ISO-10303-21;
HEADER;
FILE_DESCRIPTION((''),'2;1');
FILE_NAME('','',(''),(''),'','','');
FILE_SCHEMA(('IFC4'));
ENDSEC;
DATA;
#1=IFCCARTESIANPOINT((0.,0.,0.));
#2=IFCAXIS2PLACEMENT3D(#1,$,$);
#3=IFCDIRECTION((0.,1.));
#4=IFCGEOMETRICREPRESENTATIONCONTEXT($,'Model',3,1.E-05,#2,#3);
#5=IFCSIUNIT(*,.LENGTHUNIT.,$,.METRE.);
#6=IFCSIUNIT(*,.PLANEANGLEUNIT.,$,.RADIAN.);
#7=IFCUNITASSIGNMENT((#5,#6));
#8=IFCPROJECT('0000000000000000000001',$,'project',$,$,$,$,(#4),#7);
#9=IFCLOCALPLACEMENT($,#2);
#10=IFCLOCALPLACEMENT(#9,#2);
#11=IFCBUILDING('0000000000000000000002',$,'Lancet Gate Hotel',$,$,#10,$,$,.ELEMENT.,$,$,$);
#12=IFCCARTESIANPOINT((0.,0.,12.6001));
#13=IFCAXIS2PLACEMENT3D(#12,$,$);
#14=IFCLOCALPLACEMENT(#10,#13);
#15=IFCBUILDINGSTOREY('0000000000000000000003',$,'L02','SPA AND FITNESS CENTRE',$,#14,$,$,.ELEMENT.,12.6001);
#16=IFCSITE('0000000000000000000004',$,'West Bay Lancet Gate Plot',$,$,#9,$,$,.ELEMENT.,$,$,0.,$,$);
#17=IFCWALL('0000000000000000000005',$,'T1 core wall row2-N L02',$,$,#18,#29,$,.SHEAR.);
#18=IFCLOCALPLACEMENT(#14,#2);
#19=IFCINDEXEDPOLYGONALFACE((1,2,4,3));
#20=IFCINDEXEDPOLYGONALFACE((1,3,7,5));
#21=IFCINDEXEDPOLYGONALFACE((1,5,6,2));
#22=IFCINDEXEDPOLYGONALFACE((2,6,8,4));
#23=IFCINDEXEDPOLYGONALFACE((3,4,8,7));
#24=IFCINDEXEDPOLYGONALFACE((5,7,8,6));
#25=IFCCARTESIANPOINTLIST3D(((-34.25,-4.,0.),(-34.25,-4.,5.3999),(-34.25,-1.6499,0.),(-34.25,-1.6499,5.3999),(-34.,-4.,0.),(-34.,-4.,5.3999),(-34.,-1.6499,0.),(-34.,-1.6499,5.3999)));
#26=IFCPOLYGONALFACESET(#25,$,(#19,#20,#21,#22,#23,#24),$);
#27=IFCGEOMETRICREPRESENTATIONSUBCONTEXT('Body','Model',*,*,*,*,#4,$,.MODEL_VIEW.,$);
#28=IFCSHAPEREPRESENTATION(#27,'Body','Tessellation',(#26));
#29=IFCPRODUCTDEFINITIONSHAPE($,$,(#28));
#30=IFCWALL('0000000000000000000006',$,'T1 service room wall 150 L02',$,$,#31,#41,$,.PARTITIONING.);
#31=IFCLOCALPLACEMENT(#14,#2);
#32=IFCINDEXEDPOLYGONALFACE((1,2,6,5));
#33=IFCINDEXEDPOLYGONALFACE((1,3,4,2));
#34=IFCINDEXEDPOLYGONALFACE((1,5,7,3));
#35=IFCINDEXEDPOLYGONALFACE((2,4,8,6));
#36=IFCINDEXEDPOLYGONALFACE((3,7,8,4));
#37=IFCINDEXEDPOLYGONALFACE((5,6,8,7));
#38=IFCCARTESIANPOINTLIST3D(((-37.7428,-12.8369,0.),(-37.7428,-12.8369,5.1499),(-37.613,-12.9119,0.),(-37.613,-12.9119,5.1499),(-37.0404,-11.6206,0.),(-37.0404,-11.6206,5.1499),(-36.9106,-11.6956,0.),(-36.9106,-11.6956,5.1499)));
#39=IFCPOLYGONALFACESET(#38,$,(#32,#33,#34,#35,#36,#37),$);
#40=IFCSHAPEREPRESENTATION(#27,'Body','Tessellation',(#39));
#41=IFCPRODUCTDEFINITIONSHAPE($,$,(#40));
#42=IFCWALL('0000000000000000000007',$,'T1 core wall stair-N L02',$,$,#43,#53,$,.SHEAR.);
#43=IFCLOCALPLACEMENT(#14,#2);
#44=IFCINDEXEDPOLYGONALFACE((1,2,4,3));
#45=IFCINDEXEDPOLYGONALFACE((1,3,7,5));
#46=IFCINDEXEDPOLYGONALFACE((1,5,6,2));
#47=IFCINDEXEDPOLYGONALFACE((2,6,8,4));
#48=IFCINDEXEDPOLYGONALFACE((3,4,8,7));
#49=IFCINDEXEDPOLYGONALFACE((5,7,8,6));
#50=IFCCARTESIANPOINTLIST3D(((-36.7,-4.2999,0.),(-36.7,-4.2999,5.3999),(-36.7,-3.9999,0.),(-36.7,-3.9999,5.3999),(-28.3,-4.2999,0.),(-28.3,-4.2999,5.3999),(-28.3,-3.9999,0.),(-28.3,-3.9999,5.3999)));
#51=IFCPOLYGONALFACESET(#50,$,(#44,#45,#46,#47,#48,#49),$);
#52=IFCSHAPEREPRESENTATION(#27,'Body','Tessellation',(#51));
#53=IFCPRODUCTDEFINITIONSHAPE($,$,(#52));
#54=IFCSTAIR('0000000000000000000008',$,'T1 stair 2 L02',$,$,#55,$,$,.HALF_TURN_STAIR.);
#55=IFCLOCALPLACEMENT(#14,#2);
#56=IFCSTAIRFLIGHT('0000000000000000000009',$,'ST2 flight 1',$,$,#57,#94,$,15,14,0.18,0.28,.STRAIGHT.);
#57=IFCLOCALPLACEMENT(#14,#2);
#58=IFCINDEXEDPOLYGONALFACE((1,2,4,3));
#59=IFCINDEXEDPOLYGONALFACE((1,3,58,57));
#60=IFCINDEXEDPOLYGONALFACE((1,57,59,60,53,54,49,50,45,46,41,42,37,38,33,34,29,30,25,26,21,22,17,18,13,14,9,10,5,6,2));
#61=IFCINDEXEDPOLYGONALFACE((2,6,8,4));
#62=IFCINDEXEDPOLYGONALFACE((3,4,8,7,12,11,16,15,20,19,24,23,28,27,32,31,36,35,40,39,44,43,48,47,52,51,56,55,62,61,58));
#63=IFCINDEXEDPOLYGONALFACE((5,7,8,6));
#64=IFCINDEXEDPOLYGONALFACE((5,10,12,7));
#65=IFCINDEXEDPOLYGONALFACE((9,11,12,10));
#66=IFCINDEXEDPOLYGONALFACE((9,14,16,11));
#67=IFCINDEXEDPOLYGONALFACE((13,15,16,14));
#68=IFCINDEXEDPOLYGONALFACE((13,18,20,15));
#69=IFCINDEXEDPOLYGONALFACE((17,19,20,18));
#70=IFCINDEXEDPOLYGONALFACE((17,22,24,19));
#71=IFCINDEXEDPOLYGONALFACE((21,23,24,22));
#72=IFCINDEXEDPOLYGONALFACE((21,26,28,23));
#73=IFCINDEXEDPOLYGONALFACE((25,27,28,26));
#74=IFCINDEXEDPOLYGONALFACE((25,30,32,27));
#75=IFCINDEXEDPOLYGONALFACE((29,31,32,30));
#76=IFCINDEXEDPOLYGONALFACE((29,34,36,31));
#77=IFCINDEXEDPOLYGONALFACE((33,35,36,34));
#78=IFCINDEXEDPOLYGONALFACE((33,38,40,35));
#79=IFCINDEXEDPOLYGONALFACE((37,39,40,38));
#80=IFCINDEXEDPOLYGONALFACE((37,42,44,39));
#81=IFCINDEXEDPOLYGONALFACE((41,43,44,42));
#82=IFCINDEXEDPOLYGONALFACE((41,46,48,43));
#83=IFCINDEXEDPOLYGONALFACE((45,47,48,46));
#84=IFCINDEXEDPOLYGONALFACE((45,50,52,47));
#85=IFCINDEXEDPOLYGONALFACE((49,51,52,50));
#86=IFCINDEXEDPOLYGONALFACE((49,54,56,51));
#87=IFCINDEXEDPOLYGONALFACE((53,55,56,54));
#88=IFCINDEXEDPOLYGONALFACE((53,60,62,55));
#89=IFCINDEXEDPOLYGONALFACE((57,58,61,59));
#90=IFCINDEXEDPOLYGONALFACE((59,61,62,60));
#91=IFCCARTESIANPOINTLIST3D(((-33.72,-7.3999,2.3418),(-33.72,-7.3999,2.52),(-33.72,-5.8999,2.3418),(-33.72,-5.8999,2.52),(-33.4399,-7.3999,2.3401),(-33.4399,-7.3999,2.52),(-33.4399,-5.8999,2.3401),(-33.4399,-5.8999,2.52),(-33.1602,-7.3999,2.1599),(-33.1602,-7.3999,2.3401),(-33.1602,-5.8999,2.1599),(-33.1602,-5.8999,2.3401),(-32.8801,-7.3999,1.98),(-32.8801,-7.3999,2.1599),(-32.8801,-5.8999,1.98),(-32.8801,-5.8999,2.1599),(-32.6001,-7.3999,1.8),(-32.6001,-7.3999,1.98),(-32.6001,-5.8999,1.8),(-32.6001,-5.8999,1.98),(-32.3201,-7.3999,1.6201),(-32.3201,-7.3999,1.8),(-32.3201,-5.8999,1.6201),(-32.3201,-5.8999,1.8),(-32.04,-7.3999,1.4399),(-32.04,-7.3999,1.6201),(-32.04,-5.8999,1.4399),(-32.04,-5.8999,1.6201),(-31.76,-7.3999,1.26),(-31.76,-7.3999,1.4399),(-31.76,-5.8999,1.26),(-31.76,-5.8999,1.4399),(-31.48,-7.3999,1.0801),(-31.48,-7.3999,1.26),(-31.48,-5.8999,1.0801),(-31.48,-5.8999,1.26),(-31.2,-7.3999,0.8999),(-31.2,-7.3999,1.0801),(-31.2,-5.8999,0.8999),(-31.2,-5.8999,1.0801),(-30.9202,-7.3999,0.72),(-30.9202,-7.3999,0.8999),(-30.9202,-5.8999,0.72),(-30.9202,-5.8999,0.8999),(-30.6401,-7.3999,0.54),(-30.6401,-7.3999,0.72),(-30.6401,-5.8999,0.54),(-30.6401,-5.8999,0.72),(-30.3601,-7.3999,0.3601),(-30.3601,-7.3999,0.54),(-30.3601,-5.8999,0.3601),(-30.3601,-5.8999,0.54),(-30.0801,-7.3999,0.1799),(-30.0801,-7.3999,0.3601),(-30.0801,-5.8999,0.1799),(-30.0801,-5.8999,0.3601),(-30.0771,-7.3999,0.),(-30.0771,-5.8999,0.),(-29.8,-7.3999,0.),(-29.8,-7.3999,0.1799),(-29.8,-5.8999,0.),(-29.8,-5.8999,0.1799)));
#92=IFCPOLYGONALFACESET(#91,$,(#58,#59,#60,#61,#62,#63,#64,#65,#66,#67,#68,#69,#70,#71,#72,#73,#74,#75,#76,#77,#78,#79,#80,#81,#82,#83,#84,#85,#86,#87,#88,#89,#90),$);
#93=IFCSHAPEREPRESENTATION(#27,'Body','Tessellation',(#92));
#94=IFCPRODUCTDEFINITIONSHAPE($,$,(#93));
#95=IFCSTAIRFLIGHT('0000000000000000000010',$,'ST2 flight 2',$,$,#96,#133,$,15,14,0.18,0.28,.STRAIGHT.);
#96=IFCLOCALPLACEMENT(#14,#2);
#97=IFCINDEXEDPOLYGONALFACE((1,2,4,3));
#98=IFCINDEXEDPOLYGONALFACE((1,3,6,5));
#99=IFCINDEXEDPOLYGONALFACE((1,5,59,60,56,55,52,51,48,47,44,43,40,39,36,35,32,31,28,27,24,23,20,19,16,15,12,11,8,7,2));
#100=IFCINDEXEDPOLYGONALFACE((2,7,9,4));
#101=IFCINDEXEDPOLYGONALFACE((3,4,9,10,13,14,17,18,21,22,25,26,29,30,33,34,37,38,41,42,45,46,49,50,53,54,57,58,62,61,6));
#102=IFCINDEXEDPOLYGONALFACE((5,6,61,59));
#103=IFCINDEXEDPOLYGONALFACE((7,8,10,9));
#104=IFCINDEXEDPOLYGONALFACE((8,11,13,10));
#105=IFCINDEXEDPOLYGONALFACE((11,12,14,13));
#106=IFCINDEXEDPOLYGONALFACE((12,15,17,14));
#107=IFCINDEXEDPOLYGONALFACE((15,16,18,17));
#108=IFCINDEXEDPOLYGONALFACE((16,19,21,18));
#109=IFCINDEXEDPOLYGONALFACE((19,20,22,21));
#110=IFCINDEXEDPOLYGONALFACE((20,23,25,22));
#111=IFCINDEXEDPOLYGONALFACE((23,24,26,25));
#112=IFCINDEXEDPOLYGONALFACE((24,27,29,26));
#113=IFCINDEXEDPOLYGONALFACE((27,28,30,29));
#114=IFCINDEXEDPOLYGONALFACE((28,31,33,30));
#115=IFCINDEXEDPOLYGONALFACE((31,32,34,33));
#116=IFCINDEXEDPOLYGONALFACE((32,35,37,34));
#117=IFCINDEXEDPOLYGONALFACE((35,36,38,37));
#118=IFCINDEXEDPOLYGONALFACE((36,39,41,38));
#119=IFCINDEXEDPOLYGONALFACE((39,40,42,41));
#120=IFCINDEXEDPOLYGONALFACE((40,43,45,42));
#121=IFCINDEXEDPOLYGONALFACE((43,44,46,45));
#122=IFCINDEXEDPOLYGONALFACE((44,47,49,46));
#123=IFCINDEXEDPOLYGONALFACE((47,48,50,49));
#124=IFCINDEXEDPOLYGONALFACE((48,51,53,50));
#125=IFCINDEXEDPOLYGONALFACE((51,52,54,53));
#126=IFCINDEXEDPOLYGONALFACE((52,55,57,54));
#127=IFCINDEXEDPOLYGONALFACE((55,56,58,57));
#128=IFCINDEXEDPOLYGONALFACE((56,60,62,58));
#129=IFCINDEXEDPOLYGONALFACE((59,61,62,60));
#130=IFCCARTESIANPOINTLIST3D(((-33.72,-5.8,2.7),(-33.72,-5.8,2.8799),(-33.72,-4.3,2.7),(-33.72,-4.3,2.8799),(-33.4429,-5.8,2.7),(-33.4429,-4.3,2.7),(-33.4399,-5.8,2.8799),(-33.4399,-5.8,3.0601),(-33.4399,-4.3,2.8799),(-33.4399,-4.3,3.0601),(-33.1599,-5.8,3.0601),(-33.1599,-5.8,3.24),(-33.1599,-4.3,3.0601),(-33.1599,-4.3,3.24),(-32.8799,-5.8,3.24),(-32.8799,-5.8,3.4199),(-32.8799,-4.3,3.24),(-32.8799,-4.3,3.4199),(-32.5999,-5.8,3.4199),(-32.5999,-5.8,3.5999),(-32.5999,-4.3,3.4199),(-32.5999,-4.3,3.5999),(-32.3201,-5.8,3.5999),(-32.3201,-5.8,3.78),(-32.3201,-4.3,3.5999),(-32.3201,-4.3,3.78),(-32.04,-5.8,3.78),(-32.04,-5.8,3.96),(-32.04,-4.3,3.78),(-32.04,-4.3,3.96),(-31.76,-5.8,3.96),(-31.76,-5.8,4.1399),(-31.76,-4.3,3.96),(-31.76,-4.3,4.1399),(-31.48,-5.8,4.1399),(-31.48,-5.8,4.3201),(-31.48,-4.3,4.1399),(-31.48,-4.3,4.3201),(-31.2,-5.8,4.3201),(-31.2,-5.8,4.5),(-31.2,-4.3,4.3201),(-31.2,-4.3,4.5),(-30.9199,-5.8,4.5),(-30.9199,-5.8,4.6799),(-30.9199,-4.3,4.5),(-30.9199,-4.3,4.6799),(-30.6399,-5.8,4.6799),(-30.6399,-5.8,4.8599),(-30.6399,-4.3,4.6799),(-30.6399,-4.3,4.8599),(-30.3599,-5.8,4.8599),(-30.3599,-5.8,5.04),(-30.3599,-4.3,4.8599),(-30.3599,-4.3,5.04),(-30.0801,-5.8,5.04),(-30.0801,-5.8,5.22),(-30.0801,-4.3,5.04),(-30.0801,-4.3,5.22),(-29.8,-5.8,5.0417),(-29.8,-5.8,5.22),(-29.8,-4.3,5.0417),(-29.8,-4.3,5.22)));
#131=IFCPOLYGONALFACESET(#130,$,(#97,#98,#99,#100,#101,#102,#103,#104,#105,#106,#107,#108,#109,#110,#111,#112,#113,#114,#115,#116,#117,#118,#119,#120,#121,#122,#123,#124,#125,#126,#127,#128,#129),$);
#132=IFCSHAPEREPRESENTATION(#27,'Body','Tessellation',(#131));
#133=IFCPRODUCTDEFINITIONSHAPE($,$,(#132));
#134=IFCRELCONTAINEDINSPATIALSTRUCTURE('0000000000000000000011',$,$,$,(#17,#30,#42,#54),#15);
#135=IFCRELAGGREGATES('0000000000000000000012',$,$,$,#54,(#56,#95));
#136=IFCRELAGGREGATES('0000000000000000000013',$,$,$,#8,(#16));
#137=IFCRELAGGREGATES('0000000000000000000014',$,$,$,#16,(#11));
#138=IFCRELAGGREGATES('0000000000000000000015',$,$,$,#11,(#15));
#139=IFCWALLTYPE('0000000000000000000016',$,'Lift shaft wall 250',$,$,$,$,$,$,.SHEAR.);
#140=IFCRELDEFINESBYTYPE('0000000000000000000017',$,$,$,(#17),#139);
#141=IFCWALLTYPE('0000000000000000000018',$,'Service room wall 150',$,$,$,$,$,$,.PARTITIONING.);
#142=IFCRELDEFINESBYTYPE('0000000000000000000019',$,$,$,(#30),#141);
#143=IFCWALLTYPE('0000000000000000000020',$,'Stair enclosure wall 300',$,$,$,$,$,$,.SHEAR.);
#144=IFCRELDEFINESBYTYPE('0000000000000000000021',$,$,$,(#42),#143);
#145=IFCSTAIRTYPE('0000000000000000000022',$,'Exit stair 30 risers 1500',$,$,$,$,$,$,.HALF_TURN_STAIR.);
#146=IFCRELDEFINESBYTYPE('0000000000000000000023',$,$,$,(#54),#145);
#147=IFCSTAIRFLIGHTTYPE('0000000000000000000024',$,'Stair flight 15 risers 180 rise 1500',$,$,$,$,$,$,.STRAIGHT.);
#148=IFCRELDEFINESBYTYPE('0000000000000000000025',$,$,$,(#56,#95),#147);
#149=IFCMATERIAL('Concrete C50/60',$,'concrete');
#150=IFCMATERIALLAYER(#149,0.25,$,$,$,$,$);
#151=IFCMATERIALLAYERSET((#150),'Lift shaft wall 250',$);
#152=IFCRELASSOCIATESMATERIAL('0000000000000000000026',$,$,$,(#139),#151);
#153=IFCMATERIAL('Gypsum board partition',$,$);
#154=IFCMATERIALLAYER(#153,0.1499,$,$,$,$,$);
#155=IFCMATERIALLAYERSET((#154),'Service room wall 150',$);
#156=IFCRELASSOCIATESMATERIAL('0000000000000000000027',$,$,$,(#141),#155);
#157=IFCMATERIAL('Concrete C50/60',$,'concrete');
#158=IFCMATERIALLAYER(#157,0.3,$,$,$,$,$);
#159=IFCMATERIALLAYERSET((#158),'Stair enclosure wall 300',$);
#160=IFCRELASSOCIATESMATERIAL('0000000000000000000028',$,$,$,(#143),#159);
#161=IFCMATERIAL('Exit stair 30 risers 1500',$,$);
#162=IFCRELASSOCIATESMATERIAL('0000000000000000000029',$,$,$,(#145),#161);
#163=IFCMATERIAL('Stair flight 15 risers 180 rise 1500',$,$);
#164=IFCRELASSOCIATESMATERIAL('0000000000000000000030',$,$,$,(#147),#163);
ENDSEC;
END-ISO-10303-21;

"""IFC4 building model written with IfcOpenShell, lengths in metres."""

from ifc_helpers import new_model, si_unit, direction, frame, frame_2d, origin, place, context, subcontext, project, spatial, polyline, rectangle, outline, extrude, material, layer, layer_set, type_object, element, aggregate, save


model = new_model("IFC4")

# Units and contexts
model_context = context("Model", 3, precision=1e-05, world=origin(), true_north=direction((0.0, 1.0)))
body_context = subcontext(model_context, "Body", "Model", "MODEL_VIEW")
ifc_project = project(units=[si_unit("LENGTHUNIT", "METRE"), si_unit("PLANEANGLEUNIT", "RADIAN")], contexts=[model_context])

# Site, building, storey
site_placement = place(None, origin())
site = spatial("IfcSite", under=ifc_project, at=site_placement, Name="West Bay Lancet Gate Plot", CompositionType="ELEMENT", RefElevation=0.0)
building_placement = place(site_placement, origin())
building = spatial("IfcBuilding", under=site, at=building_placement, Name="Lancet Gate Hotel", CompositionType="ELEMENT")
storey_placement = place(building_placement, frame((0.0, 0.0, 12.6001)))
storey = spatial("IfcBuildingStorey", under=building, at=storey_placement, Name="L02", Description="SPA AND FITNESS CENTRE", CompositionType="ELEMENT", Elevation=12.6001)

# Shared definitions
ifc_material_1 = material(Name="Concrete C50/60", Category="concrete")
ifc_layer_1 = layer(ifc_material_1, 0.25)
ifc_layer_set_1 = layer_set([ifc_layer_1], Name="Lift shaft wall 250")
wall_type_1 = type_object("IfcWallType", Name="Lift shaft wall 250", PredefinedType="SHEAR", material=ifc_layer_set_1)

# Walls
wall_1_placement = place(storey_placement, frame((-34.125, -1.6499, 0.0), z_axis=(0.0, 0.0, 1.0), x_axis=(0.0, -1.0, 0.0)))
element("IfcWall", 1, at=wall_1_placement, inside=storey, type_object=wall_type_1, Name="T1 core wall row2-N L02", PredefinedType="SHEAR", context=body_context, shape_type="SweptSolid", body=[
    extrude(rectangle(XDim=2.3501, YDim=0.25, at=frame_2d((1.175, 0.0))), origin(), (0.0, 0.0, 1.0), 5.3999),
])
ifc_material_2 = material(Name="Gypsum board partition")
ifc_layer_2 = layer(ifc_material_2, 0.1499)
ifc_layer_set_2 = layer_set([ifc_layer_2], Name="Service room wall 150")
wall_type_2 = type_object("IfcWallType", Name="Service room wall 150", PredefinedType="PARTITIONING", material=ifc_layer_set_2)
wall_2_placement = place(storey_placement, frame((-36.9756, -11.6582, 0.0), z_axis=(0.0, 0.0, 1.0), x_axis=(-0.500084, -0.865977, 0.0)))
element("IfcWall", 2, at=wall_2_placement, inside=storey, type_object=wall_type_2, Name="T1 service room wall 150 L02", PredefinedType="PARTITIONING", context=body_context, shape_type="SweptSolid", body=[
    extrude(rectangle(XDim=1.4045, YDim=0.1499, at=frame_2d((0.7021, 0.0))), origin(), (0.0, 0.0, 1.0), 5.1499),
])
ifc_material_3 = material(Name="Concrete C50/60", Category="concrete")
ifc_layer_3 = layer(ifc_material_3, 0.3)
ifc_layer_set_3 = layer_set([ifc_layer_3], Name="Stair enclosure wall 300")
wall_type_3 = type_object("IfcWallType", Name="Stair enclosure wall 300", PredefinedType="SHEAR", material=ifc_layer_set_3)
wall_3_placement = place(storey_placement, frame((-28.3, -4.1499, 0.0), z_axis=(0.0, 0.0, 1.0), x_axis=(-1.0, 0.0, 0.0)))
element("IfcWall", 3, at=wall_3_placement, inside=storey, type_object=wall_type_3, Name="T1 core wall stair-N L02", PredefinedType="SHEAR", context=body_context, shape_type="SweptSolid", body=[
    extrude(rectangle(XDim=8.3999, YDim=0.3, at=frame_2d((4.2, 0.0))), origin(), (0.0, 0.0, 1.0), 5.3999),
])

# Stair, stair flights
ifc_material_4 = material(Name="Exit stair 30 risers 1500")
stair_type = type_object("IfcStairType", Name="Exit stair 30 risers 1500", PredefinedType="HALF_TURN_STAIR", material=ifc_material_4)
stair_placement = place(storey_placement, origin())
stair = element("IfcStair", 4, at=stair_placement, inside=storey, type_object=stair_type, Name="T1 stair 2 L02", PredefinedType="HALF_TURN_STAIR")
ifc_material_5 = material(Name="Stair flight 15 risers 180 rise 1500")
stair_flight_type = type_object("IfcStairFlightType", Name="Stair flight 15 risers 180 rise 1500", PredefinedType="STRAIGHT", material=ifc_material_5)
stair_flight_1_placement = place(storey_placement, frame((-29.8, -6.6499, 0.0), z_axis=(0.0, 0.0, 1.0), x_axis=(-1.0, 0.0, 0.0)))
stair_flight_1 = element("IfcStairFlight", 5, at=stair_flight_1_placement, type_object=stair_flight_type, Name="ST2 flight 1", NumberOfRisers=15, NumberOfTreads=14, PredefinedType="STRAIGHT", RiserHeight=0.18, TreadLength=0.28, context=body_context, shape_type="SweptSolid", body=[
    extrude(outline(polyline([(0.0, 0.0), (0.0, 0.1799), (0.28, 0.1799), (0.28, 0.3601), (0.5601, 0.3601), (0.5601, 0.54), (0.8401, 0.54), (0.8401, 0.72), (1.1201, 0.72), (1.1201, 0.8999), (1.3999, 0.8999), (1.3999, 1.0801), (1.6799, 1.0801), (1.6799, 1.26), (1.96, 1.26), (1.96, 1.4399), (2.24, 1.4399), (2.24, 1.6201), (2.52, 1.6201), (2.52, 1.8), (2.8, 1.8), (2.8, 1.98), (3.0801, 1.98), (3.0801, 2.1599), (3.3601, 2.1599), (3.3601, 2.3401), (3.6399, 2.3401), (3.6399, 2.52), (3.9199, 2.52), (3.9199, 2.7), (3.9199, 2.3418), (0.2771, 0.0), (0.0, 0.0)])), frame((0.0, 0.75, 0.0), z_axis=(0.0, -1.0, 0.0), x_axis=(1.0, 0.0, 0.0)), (0.0, 0.0, 1.0), 1.5),
])
stair_flight_2_placement = place(storey_placement, frame((-33.72, -5.05, 2.7), z_axis=(0.0, 0.0, 1.0), x_axis=(1.0, 0.0, 0.0)))
stair_flight_2 = element("IfcStairFlight", 6, at=stair_flight_2_placement, type_object=stair_flight_type, Name="ST2 flight 2", NumberOfRisers=15, NumberOfTreads=14, PredefinedType="STRAIGHT", RiserHeight=0.18, TreadLength=0.28, context=body_context, shape_type="SweptSolid", body=[
    extrude(outline(polyline([(0.0, 0.0), (0.0, 0.1799), (0.28, 0.1799), (0.28, 0.3601), (0.5601, 0.3601), (0.5601, 0.54), (0.8401, 0.54), (0.8401, 0.72), (1.1201, 0.72), (1.1201, 0.8999), (1.3999, 0.8999), (1.3999, 1.0801), (1.6799, 1.0801), (1.6799, 1.26), (1.96, 1.26), (1.96, 1.4399), (2.24, 1.4399), (2.24, 1.6201), (2.52, 1.6201), (2.52, 1.8), (2.8, 1.8), (2.8, 1.98), (3.0801, 1.98), (3.0801, 2.1599), (3.3601, 2.1599), (3.3601, 2.3401), (3.6399, 2.3401), (3.6399, 2.52), (3.9199, 2.52), (3.9199, 2.7), (3.9199, 2.3418), (0.2771, 0.0), (0.0, 0.0)])), frame((0.0, 0.75, 0.0), z_axis=(0.0, -1.0, 0.0), x_axis=(1.0, 0.0, 0.0)), (0.0, 0.0, 1.0), 1.5),
])
aggregate(stair, [stair_flight_1, stair_flight_2])

save(model, "model.ifc")
